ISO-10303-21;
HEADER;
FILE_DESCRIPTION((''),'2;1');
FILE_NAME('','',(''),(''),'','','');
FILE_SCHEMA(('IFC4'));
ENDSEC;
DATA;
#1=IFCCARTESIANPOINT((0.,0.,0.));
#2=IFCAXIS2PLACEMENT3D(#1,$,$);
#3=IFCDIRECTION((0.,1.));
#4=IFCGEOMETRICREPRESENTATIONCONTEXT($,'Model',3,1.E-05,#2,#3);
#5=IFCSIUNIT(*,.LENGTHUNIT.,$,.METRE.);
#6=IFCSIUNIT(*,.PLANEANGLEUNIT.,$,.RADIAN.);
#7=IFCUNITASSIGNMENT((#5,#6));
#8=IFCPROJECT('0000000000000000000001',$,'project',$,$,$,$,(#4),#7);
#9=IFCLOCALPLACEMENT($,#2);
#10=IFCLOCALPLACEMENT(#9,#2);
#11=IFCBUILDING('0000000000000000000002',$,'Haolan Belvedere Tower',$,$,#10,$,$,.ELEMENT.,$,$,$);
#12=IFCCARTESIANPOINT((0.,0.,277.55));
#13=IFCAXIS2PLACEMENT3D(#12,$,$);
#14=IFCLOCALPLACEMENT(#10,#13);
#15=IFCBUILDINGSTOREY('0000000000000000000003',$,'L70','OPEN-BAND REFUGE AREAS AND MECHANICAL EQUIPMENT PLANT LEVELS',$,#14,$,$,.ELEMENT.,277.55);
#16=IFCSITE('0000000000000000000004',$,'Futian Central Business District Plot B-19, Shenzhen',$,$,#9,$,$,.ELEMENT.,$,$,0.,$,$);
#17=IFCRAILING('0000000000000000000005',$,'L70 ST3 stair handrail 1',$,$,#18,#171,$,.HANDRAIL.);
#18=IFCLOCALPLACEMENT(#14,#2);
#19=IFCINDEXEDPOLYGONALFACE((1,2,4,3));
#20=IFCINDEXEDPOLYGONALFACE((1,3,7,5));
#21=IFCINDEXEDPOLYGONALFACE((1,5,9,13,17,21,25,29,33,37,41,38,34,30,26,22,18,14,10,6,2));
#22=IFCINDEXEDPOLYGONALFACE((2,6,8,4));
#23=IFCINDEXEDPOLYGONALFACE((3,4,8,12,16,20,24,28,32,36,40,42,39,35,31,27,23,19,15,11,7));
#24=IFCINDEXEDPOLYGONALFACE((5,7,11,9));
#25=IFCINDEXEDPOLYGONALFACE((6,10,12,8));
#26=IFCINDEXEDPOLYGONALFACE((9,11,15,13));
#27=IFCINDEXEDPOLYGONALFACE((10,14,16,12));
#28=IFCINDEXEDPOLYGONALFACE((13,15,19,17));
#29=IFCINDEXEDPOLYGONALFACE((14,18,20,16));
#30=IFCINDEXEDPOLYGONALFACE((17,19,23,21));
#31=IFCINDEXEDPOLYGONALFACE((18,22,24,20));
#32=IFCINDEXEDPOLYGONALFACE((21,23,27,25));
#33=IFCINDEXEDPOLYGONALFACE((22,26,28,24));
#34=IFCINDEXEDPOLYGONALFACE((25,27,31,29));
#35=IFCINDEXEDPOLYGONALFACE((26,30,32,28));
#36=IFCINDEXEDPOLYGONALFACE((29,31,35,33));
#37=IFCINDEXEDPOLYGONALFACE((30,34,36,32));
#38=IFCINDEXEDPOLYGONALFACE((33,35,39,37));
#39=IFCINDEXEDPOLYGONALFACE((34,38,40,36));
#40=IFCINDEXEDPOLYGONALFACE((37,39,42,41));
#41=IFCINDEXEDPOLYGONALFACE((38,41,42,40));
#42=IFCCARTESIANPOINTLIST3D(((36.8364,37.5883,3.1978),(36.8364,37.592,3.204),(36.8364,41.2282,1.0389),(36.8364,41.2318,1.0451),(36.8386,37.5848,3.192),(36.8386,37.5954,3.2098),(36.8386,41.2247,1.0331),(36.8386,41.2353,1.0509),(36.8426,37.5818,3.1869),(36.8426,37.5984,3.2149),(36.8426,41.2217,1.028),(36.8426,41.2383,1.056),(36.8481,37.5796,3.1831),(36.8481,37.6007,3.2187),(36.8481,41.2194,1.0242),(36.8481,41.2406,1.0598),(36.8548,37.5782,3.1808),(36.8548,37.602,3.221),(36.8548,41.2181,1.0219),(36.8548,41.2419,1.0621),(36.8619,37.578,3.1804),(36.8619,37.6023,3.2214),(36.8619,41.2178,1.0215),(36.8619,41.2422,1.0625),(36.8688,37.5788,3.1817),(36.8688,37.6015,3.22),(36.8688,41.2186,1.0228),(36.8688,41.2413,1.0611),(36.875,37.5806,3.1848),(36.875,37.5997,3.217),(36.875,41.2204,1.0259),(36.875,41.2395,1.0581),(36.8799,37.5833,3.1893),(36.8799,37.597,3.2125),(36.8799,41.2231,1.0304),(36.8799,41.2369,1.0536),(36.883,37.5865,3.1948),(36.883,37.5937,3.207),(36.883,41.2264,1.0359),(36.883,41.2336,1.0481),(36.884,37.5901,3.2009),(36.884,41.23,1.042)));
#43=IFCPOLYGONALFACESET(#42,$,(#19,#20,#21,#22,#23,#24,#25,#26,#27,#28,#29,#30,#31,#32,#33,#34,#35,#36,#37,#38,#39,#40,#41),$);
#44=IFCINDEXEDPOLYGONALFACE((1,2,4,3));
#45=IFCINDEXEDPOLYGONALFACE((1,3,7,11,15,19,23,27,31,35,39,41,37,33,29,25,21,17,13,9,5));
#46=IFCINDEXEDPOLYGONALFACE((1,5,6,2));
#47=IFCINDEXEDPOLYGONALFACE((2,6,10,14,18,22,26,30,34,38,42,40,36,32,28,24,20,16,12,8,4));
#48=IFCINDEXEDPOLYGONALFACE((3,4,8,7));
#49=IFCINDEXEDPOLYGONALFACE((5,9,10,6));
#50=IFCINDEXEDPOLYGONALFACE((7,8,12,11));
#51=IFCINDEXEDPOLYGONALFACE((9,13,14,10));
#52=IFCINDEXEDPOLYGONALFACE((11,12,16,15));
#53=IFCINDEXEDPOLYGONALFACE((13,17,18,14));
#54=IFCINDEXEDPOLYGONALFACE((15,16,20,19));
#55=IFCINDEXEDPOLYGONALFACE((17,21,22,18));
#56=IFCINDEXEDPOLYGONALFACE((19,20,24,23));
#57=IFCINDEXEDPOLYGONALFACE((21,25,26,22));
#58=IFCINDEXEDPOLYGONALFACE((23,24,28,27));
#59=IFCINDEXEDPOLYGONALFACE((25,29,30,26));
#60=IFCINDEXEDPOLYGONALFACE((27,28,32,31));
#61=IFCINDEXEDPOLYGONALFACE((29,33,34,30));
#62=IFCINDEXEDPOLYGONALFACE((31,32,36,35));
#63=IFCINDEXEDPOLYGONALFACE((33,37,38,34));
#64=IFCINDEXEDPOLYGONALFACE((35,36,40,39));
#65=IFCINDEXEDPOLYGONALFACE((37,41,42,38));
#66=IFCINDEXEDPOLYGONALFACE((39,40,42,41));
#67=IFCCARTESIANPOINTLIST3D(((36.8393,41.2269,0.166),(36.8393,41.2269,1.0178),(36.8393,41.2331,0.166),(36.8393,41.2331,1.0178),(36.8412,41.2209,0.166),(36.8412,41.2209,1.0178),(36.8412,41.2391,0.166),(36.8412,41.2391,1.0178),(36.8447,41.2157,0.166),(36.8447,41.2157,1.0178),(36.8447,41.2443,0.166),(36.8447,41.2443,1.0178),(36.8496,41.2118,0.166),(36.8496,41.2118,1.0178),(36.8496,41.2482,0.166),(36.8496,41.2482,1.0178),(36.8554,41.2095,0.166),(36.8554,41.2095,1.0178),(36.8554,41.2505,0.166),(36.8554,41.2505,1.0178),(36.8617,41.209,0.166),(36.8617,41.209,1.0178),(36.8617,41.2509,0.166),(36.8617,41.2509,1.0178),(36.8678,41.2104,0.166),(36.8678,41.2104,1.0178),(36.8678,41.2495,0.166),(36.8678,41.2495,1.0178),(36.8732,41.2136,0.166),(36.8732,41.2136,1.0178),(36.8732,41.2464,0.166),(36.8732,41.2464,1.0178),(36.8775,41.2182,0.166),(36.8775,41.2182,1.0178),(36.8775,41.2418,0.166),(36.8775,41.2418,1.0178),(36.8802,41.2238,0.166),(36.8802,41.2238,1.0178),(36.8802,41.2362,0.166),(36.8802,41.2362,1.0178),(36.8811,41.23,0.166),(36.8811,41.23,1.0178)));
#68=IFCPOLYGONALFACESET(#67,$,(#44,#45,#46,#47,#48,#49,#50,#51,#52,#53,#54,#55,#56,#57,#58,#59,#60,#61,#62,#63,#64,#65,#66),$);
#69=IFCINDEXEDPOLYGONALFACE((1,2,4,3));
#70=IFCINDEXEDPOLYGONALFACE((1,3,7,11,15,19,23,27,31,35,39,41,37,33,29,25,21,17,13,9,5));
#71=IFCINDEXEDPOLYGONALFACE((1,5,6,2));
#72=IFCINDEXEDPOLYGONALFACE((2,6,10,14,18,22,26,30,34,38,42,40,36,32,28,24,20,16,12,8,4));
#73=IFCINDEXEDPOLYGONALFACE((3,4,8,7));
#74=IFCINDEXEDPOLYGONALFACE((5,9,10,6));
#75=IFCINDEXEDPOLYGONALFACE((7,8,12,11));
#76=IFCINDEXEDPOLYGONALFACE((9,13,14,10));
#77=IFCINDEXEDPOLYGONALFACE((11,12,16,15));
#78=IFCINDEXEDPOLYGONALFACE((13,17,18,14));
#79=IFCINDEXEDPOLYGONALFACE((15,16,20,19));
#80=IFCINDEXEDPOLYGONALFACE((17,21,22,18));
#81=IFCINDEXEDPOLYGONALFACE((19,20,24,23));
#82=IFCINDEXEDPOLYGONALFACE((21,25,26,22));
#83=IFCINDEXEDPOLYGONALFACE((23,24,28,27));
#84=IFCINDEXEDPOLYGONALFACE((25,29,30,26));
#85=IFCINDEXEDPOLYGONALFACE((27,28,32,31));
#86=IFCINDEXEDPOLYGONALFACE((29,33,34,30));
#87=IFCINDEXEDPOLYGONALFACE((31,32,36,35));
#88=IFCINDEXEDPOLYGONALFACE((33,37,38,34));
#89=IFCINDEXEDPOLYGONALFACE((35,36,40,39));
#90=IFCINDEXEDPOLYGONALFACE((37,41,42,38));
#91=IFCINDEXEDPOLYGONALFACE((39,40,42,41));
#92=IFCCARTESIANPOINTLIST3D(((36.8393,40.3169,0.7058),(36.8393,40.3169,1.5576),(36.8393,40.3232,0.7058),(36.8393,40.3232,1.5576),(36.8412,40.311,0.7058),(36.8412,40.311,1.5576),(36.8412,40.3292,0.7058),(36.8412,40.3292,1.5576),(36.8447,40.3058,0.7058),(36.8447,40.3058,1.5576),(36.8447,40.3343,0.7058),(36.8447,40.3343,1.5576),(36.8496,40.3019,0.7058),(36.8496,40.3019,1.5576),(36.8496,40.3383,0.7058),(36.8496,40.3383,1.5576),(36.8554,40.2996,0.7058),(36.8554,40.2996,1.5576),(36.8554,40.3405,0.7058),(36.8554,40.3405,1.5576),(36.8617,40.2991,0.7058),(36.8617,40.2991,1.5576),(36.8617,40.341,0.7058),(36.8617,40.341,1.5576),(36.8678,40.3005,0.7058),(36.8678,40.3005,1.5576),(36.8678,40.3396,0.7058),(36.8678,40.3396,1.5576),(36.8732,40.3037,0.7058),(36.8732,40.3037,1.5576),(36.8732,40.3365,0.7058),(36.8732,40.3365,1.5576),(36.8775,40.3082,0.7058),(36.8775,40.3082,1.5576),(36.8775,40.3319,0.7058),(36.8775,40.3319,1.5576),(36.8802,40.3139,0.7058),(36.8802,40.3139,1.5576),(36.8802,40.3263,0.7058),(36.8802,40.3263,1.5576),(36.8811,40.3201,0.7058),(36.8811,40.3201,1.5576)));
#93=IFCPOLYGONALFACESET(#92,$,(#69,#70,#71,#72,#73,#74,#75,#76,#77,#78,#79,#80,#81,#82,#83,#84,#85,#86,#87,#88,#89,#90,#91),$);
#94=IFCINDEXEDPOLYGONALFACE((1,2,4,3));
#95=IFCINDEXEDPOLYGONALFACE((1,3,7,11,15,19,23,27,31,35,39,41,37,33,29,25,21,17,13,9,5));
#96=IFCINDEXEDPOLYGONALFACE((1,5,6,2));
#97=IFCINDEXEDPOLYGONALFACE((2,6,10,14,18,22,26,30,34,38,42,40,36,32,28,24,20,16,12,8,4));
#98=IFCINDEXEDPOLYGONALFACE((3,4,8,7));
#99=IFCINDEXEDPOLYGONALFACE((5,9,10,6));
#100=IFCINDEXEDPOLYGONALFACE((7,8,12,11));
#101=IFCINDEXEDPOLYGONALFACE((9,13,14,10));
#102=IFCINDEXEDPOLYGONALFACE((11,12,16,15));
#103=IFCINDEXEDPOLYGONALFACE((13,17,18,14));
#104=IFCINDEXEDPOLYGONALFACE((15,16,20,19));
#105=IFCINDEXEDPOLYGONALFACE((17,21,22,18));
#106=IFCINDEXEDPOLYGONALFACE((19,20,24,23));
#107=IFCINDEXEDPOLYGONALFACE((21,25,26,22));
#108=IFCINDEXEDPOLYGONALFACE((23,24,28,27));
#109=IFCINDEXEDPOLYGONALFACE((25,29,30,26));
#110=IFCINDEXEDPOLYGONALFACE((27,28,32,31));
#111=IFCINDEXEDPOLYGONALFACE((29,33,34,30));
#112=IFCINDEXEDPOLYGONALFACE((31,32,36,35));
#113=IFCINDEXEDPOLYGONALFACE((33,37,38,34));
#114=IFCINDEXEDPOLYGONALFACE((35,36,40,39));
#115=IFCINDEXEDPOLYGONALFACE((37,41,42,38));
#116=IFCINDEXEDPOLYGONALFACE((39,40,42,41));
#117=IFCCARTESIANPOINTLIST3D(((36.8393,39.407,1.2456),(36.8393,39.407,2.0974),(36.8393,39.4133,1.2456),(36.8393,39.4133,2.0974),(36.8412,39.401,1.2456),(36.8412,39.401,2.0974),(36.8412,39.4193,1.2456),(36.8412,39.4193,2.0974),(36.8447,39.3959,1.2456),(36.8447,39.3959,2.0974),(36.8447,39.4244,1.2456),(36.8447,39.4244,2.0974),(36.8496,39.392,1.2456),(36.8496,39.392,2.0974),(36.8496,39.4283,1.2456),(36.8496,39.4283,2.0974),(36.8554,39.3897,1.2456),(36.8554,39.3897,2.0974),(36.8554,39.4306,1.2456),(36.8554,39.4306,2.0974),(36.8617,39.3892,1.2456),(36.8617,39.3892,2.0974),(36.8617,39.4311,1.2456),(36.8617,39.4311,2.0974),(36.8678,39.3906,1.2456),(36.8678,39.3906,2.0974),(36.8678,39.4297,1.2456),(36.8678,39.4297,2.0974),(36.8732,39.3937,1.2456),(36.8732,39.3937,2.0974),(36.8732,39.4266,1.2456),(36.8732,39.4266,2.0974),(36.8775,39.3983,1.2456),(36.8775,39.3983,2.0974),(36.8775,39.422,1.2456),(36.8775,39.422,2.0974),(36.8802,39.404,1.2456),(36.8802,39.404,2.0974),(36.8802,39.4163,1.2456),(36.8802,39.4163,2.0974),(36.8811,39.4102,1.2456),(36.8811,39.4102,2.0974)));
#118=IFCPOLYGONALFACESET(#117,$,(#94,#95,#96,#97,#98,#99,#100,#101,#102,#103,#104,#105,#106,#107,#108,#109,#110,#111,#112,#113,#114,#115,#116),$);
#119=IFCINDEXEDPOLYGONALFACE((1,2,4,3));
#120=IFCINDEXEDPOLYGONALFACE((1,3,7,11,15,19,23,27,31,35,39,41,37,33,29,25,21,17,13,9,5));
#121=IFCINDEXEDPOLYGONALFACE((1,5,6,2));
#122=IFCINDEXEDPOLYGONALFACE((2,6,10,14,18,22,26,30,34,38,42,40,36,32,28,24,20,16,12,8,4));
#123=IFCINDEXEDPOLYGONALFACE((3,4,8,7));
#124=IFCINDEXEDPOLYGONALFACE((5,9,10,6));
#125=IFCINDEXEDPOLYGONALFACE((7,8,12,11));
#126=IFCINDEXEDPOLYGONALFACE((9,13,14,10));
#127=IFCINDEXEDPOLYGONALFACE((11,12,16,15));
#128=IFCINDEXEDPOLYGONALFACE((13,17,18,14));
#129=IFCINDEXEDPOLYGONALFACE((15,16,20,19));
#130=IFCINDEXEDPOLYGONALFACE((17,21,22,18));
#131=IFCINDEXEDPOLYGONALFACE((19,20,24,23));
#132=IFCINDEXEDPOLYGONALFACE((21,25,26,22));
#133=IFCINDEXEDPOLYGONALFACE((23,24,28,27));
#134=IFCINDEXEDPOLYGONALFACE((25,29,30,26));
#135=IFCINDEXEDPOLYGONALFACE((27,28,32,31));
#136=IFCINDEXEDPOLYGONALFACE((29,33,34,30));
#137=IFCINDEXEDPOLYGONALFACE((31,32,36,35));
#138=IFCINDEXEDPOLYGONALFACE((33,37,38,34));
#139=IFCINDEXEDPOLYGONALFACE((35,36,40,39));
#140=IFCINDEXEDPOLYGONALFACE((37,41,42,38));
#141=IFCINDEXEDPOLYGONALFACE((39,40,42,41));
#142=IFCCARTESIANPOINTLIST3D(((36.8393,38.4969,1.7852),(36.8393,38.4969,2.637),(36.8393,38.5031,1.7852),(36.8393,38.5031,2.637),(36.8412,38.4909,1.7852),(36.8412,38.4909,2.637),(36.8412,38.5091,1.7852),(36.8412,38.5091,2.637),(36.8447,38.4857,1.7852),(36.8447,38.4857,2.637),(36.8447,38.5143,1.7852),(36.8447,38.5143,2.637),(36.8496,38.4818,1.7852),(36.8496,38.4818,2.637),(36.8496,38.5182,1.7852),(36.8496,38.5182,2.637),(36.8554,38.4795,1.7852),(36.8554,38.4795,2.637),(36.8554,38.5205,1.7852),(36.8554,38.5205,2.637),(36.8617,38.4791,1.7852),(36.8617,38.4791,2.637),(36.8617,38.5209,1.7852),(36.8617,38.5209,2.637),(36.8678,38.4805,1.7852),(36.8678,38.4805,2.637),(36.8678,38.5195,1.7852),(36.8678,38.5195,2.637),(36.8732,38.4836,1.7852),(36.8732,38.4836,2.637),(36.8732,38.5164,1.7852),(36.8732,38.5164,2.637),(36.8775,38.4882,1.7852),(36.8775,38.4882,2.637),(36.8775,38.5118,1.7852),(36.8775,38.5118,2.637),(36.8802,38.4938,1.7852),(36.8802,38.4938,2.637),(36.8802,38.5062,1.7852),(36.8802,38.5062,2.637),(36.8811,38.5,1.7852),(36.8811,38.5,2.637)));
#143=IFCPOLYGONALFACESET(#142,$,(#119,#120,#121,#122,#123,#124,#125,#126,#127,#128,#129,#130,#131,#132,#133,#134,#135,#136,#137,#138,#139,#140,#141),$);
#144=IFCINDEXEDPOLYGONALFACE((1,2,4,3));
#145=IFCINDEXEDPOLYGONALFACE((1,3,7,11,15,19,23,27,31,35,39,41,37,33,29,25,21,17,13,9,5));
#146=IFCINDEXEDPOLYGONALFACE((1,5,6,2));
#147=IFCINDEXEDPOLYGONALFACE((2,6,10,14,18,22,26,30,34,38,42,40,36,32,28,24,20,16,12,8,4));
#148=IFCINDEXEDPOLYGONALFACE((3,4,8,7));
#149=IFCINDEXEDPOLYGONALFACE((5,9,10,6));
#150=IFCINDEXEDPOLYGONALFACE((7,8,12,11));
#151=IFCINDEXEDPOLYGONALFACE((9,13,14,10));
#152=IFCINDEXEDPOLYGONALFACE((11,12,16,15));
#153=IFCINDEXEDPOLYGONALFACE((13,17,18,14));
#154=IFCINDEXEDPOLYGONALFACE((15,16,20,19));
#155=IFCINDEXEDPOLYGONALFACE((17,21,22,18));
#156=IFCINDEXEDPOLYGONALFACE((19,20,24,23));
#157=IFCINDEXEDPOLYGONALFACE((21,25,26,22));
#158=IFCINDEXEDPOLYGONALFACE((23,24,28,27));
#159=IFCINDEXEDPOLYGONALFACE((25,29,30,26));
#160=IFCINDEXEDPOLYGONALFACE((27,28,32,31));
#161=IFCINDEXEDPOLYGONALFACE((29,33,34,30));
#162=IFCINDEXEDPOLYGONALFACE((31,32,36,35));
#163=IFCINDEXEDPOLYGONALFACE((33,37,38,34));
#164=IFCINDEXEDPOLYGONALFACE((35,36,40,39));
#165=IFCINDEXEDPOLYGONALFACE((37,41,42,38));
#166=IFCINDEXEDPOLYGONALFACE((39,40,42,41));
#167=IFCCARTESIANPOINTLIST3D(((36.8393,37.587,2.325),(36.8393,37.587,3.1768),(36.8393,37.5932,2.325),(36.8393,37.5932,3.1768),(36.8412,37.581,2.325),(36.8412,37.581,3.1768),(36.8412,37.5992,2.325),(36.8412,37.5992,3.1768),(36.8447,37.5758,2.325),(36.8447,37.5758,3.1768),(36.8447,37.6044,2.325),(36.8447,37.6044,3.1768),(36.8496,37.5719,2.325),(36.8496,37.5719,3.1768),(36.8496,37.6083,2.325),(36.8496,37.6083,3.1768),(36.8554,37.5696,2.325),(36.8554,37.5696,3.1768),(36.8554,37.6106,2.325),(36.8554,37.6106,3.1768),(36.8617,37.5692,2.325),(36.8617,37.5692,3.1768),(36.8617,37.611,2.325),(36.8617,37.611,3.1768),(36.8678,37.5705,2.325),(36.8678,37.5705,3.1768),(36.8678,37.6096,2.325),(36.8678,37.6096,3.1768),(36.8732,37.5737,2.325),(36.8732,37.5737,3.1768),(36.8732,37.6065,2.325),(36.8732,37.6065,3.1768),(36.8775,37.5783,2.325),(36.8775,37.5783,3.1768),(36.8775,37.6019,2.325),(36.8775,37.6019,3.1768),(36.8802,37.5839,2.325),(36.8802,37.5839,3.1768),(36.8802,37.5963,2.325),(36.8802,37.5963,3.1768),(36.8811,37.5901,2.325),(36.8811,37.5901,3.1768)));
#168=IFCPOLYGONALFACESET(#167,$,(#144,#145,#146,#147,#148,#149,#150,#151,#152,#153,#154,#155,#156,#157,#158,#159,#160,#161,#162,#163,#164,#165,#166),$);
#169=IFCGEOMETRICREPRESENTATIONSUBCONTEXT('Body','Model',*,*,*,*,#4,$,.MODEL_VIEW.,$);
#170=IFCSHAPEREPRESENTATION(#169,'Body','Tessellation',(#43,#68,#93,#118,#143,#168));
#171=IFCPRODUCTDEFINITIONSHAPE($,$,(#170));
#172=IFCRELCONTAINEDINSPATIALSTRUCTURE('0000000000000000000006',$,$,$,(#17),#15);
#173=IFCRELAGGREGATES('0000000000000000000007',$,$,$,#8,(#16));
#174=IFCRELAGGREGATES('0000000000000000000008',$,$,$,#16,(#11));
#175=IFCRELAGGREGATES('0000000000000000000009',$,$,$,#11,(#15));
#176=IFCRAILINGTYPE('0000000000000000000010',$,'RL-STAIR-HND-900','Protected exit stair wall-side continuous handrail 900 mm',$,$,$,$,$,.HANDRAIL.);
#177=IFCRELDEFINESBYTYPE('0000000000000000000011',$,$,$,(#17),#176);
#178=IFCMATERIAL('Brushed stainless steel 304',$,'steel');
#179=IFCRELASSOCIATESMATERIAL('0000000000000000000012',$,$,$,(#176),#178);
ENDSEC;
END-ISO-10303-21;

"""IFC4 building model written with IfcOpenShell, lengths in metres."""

from ifc_helpers import new_model, si_unit, direction, frame, origin, origin_2d, place, context, subcontext, project, spatial, circle, extrude, material, type_object, element, save


model = new_model("IFC4")

# Units and contexts
model_context = context("Model", 3, precision=1e-05, world=origin(), true_north=direction((0.0, 1.0)))
body_context = subcontext(model_context, "Body", "Model", "MODEL_VIEW")
ifc_project = project(units=[si_unit("LENGTHUNIT", "METRE"), si_unit("PLANEANGLEUNIT", "RADIAN")], contexts=[model_context])

# Site, building, storey
site_placement = place(None, origin())
site = spatial("IfcSite", under=ifc_project, at=site_placement, Name="Futian Central Business District Plot B-19, Shenzhen", CompositionType="ELEMENT", RefElevation=0.0)
building_placement = place(site_placement, origin())
building = spatial("IfcBuilding", under=site, at=building_placement, Name="Haolan Belvedere Tower", CompositionType="ELEMENT")
storey_placement = place(building_placement, frame((0.0, 0.0, 277.55)))
storey = spatial("IfcBuildingStorey", under=building, at=storey_placement, Name="L70", Description="OPEN-BAND REFUGE AREAS AND MECHANICAL EQUIPMENT PLANT LEVELS", CompositionType="ELEMENT", Elevation=277.55)

# Railing
ifc_material_1 = material(Name="Brushed stainless steel 304", Category="steel")
railing_type_1 = type_object("IfcRailingType", Name="RL-STAIR-HND-900", Description="Protected exit stair wall-side continuous handrail 900 mm", PredefinedType="HANDRAIL", material=ifc_material_1)
for number, where, name in (
    (1, (36.8601, 41.23, 0.166), "L70 ST3 stair handrail 1"),
):
    element("IfcRailing", number, at=place(storey_placement, frame(where)), inside=storey, type_object=railing_type_1, Name=name, PredefinedType="HANDRAIL", context=body_context, shape_type="SweptSolid", body=[
        extrude(circle(Radius=0.0239, at=origin_2d()), frame((0.0, 0.0, 0.876), z_axis=(0.0, -0.860088, 0.510145), x_axis=(1.0, 0.0, 0.0)), (0.0, 0.0, 1.0), 4.2319),
        extrude(circle(Radius=0.021, at=origin_2d()), origin(), (0.0, 0.0, 1.0), 0.8518),
        extrude(circle(Radius=0.021, at=origin_2d()), frame((0.0, -0.9099, 0.5398)), (0.0, 0.0, 1.0), 0.8518),
        extrude(circle(Radius=0.021, at=origin_2d()), frame((0.0, -1.8198, 1.0796)), (0.0, 0.0, 1.0), 0.8518),
        extrude(circle(Radius=0.021, at=origin_2d()), frame((0.0, -2.73, 1.6191)), (0.0, 0.0, 1.0), 0.8518),
        extrude(circle(Radius=0.021, at=origin_2d()), frame((0.0, -3.6399, 2.1589)), (0.0, 0.0, 1.0), 0.8518),
    ])

save(model, "model.ifc")
